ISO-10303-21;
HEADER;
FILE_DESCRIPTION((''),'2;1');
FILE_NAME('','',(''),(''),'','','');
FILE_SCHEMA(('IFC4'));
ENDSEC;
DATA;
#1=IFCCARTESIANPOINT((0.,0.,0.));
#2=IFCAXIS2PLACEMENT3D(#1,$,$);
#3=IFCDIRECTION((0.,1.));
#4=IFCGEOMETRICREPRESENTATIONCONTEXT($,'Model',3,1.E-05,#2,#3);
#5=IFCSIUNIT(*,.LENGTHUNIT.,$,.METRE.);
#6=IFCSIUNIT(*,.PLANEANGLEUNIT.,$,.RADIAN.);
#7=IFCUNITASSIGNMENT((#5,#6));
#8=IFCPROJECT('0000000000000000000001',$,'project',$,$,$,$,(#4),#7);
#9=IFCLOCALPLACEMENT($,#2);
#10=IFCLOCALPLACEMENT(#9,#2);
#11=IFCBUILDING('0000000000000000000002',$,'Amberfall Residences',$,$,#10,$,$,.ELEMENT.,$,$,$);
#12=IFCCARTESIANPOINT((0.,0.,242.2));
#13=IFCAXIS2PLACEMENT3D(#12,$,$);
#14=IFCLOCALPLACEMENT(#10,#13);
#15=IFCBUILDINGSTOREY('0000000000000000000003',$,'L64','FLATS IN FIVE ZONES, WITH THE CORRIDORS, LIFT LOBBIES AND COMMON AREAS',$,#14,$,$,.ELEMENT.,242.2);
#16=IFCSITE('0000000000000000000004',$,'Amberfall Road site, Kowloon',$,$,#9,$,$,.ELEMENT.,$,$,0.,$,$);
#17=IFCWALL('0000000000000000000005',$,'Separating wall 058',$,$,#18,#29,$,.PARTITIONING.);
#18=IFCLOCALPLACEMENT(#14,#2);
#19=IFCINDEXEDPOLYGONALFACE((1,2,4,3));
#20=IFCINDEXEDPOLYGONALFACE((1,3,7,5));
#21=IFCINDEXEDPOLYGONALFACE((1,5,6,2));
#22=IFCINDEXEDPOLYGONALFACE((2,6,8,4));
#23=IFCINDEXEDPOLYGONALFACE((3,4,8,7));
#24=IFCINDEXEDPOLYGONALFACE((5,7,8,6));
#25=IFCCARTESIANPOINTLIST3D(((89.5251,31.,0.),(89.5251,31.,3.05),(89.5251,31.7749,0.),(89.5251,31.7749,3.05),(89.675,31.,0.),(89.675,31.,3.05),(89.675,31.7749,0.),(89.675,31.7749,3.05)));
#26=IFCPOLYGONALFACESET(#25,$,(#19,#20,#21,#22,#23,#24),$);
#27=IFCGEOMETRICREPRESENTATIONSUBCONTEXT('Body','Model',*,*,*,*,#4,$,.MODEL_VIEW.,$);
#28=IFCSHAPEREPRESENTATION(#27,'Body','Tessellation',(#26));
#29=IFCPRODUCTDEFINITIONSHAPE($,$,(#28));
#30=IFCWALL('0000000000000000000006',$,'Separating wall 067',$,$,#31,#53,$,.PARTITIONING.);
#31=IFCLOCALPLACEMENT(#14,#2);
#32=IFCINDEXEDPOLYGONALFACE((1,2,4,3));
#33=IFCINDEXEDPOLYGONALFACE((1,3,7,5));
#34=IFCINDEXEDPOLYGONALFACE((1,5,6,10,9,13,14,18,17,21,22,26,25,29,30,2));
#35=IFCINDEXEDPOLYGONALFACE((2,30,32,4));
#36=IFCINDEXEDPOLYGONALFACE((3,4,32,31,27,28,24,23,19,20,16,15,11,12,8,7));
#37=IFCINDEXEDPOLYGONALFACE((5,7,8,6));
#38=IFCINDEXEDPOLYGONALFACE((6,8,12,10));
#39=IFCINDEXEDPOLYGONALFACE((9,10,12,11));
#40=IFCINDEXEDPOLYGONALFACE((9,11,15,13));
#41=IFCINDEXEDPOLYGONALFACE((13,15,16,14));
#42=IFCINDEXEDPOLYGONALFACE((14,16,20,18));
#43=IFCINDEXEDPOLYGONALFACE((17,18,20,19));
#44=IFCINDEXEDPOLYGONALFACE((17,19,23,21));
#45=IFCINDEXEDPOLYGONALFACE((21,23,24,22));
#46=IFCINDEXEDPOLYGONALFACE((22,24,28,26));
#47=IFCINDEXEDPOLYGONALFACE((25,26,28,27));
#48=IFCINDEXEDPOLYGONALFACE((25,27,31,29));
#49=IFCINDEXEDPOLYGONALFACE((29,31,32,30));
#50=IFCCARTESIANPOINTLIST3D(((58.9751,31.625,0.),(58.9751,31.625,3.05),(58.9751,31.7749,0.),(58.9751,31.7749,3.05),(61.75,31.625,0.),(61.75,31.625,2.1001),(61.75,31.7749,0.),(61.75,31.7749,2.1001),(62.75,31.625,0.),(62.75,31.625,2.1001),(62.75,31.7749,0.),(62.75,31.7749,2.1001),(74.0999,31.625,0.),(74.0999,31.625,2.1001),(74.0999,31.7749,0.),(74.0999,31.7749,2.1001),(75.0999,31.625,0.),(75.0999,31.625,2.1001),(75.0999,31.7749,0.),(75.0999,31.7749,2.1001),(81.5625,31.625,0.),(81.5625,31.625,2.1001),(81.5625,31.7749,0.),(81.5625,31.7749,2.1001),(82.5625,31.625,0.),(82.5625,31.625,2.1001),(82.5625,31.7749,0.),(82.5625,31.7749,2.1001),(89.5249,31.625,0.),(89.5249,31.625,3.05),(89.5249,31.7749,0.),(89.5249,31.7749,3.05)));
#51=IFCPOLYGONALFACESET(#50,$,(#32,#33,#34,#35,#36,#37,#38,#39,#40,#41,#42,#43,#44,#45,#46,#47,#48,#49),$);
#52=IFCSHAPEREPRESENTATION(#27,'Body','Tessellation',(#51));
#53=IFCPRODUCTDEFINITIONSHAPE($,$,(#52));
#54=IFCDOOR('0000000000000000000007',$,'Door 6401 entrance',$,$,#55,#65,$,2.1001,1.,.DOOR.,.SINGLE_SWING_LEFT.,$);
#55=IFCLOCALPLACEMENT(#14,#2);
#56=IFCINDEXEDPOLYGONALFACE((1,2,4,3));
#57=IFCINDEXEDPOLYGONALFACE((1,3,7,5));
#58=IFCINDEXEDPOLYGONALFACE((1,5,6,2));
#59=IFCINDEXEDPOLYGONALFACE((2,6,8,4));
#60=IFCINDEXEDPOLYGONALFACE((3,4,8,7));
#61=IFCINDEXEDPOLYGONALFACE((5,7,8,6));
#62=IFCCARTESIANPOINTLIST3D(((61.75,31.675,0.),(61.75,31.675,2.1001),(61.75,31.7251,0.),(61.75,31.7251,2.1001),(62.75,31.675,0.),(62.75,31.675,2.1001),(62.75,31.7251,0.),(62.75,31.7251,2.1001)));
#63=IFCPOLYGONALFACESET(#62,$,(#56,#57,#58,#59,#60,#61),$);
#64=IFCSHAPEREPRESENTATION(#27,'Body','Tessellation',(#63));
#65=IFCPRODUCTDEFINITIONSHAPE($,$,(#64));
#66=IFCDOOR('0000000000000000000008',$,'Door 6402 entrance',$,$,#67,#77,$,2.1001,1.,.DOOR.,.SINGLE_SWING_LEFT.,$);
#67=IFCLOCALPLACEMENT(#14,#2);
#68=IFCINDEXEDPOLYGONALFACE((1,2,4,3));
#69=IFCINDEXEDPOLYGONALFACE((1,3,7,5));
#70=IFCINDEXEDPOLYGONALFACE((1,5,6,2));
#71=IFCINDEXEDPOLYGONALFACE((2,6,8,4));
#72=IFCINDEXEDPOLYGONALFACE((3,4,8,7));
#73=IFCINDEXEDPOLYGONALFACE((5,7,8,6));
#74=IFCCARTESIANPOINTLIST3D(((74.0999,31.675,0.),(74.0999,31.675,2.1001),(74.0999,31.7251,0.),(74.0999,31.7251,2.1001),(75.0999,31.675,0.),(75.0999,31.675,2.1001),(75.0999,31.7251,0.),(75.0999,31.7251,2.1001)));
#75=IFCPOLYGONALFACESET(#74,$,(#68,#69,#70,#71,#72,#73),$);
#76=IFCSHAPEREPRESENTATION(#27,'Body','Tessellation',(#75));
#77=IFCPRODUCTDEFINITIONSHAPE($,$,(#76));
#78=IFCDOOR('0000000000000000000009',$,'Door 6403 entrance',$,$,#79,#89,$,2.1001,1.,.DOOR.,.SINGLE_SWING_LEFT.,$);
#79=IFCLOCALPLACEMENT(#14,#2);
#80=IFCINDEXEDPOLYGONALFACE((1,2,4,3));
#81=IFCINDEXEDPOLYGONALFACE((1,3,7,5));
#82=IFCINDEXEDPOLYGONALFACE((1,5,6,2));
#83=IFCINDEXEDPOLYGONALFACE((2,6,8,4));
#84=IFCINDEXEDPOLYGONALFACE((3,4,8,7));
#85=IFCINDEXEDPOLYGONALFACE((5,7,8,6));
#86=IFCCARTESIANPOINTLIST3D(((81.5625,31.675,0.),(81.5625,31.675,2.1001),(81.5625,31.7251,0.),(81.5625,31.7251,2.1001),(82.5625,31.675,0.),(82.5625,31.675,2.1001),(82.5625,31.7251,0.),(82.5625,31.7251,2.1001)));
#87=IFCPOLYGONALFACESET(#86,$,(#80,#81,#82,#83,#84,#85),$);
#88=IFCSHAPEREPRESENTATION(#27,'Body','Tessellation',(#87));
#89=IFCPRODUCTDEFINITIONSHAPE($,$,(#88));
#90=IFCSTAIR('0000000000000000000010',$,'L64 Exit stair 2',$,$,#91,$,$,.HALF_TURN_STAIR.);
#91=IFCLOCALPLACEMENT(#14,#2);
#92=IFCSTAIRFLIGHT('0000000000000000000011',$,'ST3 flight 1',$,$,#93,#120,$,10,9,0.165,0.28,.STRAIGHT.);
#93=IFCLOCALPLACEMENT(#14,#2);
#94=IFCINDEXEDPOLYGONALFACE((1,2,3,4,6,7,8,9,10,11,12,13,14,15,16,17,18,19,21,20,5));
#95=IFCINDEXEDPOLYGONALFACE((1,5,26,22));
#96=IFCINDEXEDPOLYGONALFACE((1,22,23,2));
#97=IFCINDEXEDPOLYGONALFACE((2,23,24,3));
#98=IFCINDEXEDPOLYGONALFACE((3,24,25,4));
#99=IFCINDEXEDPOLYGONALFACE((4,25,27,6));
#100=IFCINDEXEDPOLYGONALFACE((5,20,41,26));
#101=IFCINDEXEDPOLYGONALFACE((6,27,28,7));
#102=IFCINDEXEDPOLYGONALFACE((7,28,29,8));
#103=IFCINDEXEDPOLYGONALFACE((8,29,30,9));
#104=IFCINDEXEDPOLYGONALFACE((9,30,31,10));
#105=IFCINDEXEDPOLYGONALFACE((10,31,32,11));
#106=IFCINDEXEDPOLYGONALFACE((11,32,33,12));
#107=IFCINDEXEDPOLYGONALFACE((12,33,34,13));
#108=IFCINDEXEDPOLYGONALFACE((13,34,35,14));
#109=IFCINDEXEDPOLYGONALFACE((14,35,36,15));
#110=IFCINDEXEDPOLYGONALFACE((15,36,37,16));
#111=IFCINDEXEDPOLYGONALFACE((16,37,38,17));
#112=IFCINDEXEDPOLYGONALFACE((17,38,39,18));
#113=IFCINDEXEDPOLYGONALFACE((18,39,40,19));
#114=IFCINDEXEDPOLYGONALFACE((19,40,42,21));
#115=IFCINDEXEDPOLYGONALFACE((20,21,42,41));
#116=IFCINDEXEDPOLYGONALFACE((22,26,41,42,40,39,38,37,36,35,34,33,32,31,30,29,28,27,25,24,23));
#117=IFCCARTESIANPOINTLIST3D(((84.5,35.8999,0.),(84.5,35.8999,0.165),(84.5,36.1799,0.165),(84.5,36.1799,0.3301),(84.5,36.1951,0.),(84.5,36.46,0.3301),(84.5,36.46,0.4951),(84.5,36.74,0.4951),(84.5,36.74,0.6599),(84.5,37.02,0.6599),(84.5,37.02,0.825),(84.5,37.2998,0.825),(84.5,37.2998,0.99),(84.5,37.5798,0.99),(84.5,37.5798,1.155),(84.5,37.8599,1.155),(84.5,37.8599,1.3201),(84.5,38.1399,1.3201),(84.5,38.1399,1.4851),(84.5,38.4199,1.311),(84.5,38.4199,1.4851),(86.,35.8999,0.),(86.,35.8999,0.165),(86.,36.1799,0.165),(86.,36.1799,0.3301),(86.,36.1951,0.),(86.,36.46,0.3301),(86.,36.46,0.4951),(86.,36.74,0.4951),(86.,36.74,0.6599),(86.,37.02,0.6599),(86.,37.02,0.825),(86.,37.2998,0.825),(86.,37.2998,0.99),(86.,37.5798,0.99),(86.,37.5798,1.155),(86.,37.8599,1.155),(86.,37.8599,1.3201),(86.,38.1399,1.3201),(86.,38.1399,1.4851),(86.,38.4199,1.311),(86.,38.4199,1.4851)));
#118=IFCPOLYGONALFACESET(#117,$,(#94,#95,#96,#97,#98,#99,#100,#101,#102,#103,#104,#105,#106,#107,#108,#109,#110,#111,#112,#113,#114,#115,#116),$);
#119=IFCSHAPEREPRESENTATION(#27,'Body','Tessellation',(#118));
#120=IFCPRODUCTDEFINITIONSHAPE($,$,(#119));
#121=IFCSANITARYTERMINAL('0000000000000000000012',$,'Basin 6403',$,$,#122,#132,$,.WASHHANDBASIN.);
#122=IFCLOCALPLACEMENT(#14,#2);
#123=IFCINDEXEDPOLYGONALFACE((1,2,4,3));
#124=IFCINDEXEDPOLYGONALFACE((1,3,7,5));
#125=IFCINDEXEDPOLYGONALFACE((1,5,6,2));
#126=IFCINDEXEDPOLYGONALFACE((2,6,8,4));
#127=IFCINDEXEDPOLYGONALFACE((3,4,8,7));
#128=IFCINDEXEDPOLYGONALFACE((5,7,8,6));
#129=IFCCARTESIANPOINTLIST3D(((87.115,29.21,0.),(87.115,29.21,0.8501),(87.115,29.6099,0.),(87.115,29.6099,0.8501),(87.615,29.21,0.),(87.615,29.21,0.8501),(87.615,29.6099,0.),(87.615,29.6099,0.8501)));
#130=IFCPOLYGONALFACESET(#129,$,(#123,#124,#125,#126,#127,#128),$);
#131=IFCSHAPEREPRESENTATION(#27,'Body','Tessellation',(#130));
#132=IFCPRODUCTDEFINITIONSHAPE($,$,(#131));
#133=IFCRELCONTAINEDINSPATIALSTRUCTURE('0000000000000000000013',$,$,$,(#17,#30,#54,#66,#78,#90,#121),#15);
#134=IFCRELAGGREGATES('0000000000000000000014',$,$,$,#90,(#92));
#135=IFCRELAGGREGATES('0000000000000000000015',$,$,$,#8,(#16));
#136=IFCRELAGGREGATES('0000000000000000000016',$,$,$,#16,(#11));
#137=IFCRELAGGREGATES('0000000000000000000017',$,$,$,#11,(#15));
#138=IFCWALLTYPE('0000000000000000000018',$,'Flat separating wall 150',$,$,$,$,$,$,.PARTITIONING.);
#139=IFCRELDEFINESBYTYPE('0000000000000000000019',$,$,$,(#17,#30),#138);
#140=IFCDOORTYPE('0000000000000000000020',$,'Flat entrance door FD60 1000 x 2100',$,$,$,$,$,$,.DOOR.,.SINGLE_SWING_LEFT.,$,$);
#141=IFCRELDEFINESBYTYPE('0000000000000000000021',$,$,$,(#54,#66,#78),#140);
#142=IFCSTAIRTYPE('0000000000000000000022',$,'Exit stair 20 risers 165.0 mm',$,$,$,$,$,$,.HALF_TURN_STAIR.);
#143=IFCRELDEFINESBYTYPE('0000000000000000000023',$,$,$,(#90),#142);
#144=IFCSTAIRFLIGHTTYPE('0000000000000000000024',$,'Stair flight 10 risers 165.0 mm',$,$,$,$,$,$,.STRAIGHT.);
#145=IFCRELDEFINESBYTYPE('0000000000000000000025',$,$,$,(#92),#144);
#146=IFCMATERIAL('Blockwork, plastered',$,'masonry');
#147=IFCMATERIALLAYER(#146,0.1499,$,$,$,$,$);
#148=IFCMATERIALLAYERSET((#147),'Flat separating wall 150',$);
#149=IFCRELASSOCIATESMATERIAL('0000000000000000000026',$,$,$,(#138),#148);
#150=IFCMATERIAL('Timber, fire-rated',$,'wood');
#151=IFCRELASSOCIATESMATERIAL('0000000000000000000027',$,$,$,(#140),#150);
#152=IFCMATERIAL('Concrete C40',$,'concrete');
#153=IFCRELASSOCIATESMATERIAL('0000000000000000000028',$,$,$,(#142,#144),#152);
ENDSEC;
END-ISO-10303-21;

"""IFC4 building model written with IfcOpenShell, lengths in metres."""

from ifc_helpers import new_model, si_unit, direction, frame, frame_2d, origin, origin_2d, place, context, subcontext, project, spatial, polyline, rectangle, outline, extrude, material, layer, layer_set, type_object, element, fill, aggregate, save


model = new_model("IFC4")

# Units and contexts
model_context = context("Model", 3, precision=1e-05, world=origin(), true_north=direction((0.0, 1.0)))
body_context = subcontext(model_context, "Body", "Model", "MODEL_VIEW")
ifc_project = project(units=[si_unit("LENGTHUNIT", "METRE"), si_unit("PLANEANGLEUNIT", "RADIAN")], contexts=[model_context])

# Site, building, storey
site_placement = place(None, origin())
site = spatial("IfcSite", under=ifc_project, at=site_placement, Name="Amberfall Road site, Kowloon", CompositionType="ELEMENT", RefElevation=0.0)
building_placement = place(site_placement, origin())
building = spatial("IfcBuilding", under=site, at=building_placement, Name="Amberfall Residences", CompositionType="ELEMENT")
storey_placement = place(building_placement, frame((0.0, 0.0, 242.2)))
storey = spatial("IfcBuildingStorey", under=building, at=storey_placement, Name="L64", Description="FLATS IN FIVE ZONES, WITH THE CORRIDORS, LIFT LOBBIES AND COMMON AREAS", CompositionType="ELEMENT", Elevation=242.2)

# Wall
ifc_material_1 = material(Name="Blockwork, plastered", Category="masonry")
ifc_layer_1 = layer(ifc_material_1, 0.1499)
ifc_layer_set_1 = layer_set([ifc_layer_1], Name="Flat separating wall 150")
wall_type_1 = type_object("IfcWallType", Name="Flat separating wall 150", PredefinedType="PARTITIONING", material=ifc_layer_set_1)
wall_1_placement = place(storey_placement, frame((89.6001, 31.0, 0.0), z_axis=(0.0, 0.0, 1.0), x_axis=(0.0, 1.0, 0.0)))
element("IfcWall", 1, at=wall_1_placement, inside=storey, type_object=wall_type_1, Name="Separating wall 058", PredefinedType="PARTITIONING", context=body_context, shape_type="SweptSolid", body=[
    extrude(rectangle(XDim=0.7749, YDim=0.1499, at=frame_2d((0.3875, 0.0))), origin(), (0.0, 0.0, 1.0), 3.05),
])

# Wall, openings, doors
wall_2_placement = place(storey_placement, frame((89.5249, 31.7, 0.0), z_axis=(0.0, 0.0, 1.0), x_axis=(-1.0, 0.0, 0.0)))
wall_2 = element("IfcWall", 2, at=wall_2_placement, inside=storey, type_object=wall_type_1, Name="Separating wall 067", PredefinedType="PARTITIONING", context=body_context, shape_type="SweptSolid", body=[
    extrude(rectangle(XDim=30.5498, YDim=0.1499, at=frame_2d((15.2749, 0.0))), origin(), (0.0, 0.0, 1.0), 3.05),
])
opening_1_placement = place(wall_2_placement, frame((26.7749, 0.0, 0.0)))
opening_1 = element("IfcOpeningElement", 3, at=opening_1_placement, cuts=wall_2, PredefinedType="OPENING", context=body_context, shape_type="SweptSolid", body=[
    extrude(rectangle(XDim=1.0, YDim=2.1001, at=frame_2d((0.5, 1.05))), frame((0.0, 0.085, 0.0), z_axis=(0.0, -1.0, 0.0), x_axis=(1.0, 0.0, 0.0)), (0.0, 0.0, 1.0), 0.1699),
])
opening_2_placement = place(wall_2_placement, frame((14.425, 0.0, 0.0)))
opening_2 = element("IfcOpeningElement", 4, at=opening_2_placement, cuts=wall_2, PredefinedType="OPENING", context=body_context, shape_type="SweptSolid", body=[
    extrude(rectangle(XDim=1.0, YDim=2.1001, at=frame_2d((0.5, 1.05))), frame((0.0, 0.085, 0.0), z_axis=(0.0, -1.0, 0.0), x_axis=(1.0, 0.0, 0.0)), (0.0, 0.0, 1.0), 0.1699),
])
opening_3_placement = place(wall_2_placement, frame((6.9624, 0.0, 0.0)))
opening_3 = element("IfcOpeningElement", 5, at=opening_3_placement, cuts=wall_2, PredefinedType="OPENING", context=body_context, shape_type="SweptSolid", body=[
    extrude(rectangle(XDim=1.0, YDim=2.1001, at=frame_2d((0.5, 1.05))), frame((0.0, 0.085, 0.0), z_axis=(0.0, -1.0, 0.0), x_axis=(1.0, 0.0, 0.0)), (0.0, 0.0, 1.0), 0.1699),
])
ifc_material_2 = material(Name="Timber, fire-rated", Category="wood")
door_type_1 = type_object("IfcDoorType", Name="Flat entrance door FD60 1000 x 2100", OperationType="SINGLE_SWING_LEFT", PredefinedType="DOOR", material=ifc_material_2)
door_1_placement = place(opening_1_placement, origin())
door_1 = element("IfcDoor", 6, at=door_1_placement, inside=storey, type_object=door_type_1, Name="Door 6401 entrance", OperationType="SINGLE_SWING_LEFT", OverallHeight=2.1001, OverallWidth=1.0, PredefinedType="DOOR", context=body_context, shape_type="SweptSolid", body=[
    extrude(rectangle(XDim=1.0, YDim=2.1001, at=frame_2d((0.5, 1.05))), frame((0.0, 0.0249, 0.0), z_axis=(0.0, -1.0, 0.0), x_axis=(1.0, 0.0, 0.0)), (0.0, 0.0, 1.0), 0.05),
])
fill(opening_1, door_1)
door_2_placement = place(opening_2_placement, origin())
door_2 = element("IfcDoor", 7, at=door_2_placement, inside=storey, type_object=door_type_1, Name="Door 6402 entrance", OperationType="SINGLE_SWING_LEFT", OverallHeight=2.1001, OverallWidth=1.0, PredefinedType="DOOR", context=body_context, shape_type="SweptSolid", body=[
    extrude(rectangle(XDim=1.0, YDim=2.1001, at=frame_2d((0.5, 1.05))), frame((0.0, 0.0249, 0.0), z_axis=(0.0, -1.0, 0.0), x_axis=(1.0, 0.0, 0.0)), (0.0, 0.0, 1.0), 0.05),
])
fill(opening_2, door_2)
door_3_placement = place(opening_3_placement, origin())
door_3 = element("IfcDoor", 8, at=door_3_placement, inside=storey, type_object=door_type_1, Name="Door 6403 entrance", OperationType="SINGLE_SWING_LEFT", OverallHeight=2.1001, OverallWidth=1.0, PredefinedType="DOOR", context=body_context, shape_type="SweptSolid", body=[
    extrude(rectangle(XDim=1.0, YDim=2.1001, at=frame_2d((0.5, 1.05))), frame((0.0, 0.0249, 0.0), z_axis=(0.0, -1.0, 0.0), x_axis=(1.0, 0.0, 0.0)), (0.0, 0.0, 1.0), 0.05),
])
fill(opening_3, door_3)

# Stair, stair flight
ifc_material_3 = material(Name="Concrete C40", Category="concrete")
stair_type = type_object("IfcStairType", Name="Exit stair 20 risers 165.0 mm", PredefinedType="HALF_TURN_STAIR", material=ifc_material_3)
stair_placement = place(storey_placement, origin())
stair = element("IfcStair", 9, at=stair_placement, inside=storey, type_object=stair_type, Name="L64 Exit stair 2", PredefinedType="HALF_TURN_STAIR")
stair_flight_type = type_object("IfcStairFlightType", Name="Stair flight 10 risers 165.0 mm", PredefinedType="STRAIGHT", material=ifc_material_3)
stair_flight_placement = place(storey_placement, frame((85.25, 35.8999, 0.0), z_axis=(0.0, 0.0, 1.0), x_axis=(0.0, 1.0, 0.0)))
stair_flight = element("IfcStairFlight", 10, at=stair_flight_placement, type_object=stair_flight_type, Name="ST3 flight 1", NumberOfRisers=10, NumberOfTreads=9, PredefinedType="STRAIGHT", RiserHeight=0.165, TreadLength=0.28, context=body_context, shape_type="SweptSolid", body=[
    extrude(outline(polyline([(0.0, 0.0), (0.0, 0.165), (0.28, 0.165), (0.28, 0.3301), (0.5601, 0.3301), (0.5601, 0.4951), (0.8401, 0.4951), (0.8401, 0.6599), (1.1201, 0.6599), (1.1201, 0.825), (1.3999, 0.825), (1.3999, 0.99), (1.6799, 0.99), (1.6799, 1.155), (1.96, 1.155), (1.96, 1.3201), (2.24, 1.3201), (2.24, 1.4851), (2.52, 1.4851), (2.52, 1.6499), (2.52, 1.311), (0.2952, 0.0), (0.0, 0.0)])), frame((0.0, 0.75, 0.0), z_axis=(0.0, -1.0, 0.0), x_axis=(1.0, 0.0, 0.0)), (0.0, 0.0, 1.0), 1.5),
])
aggregate(stair, [stair_flight])

# Sanitary terminal
sanitary_terminal_placement = place(storey_placement, frame((87.365, 29.4099, 0.0), z_axis=(0.0, 0.0, 1.0), x_axis=(1.0, 0.0, 0.0)))
element("IfcSanitaryTerminal", 11, at=sanitary_terminal_placement, inside=storey, Name="Basin 6403", PredefinedType="WASHHANDBASIN", context=body_context, shape_type="SweptSolid", body=[
    extrude(rectangle(XDim=0.5, YDim=0.3999, at=origin_2d()), origin(), (0.0, 0.0, 1.0), 0.8501),
])

save(model, "model.ifc")
